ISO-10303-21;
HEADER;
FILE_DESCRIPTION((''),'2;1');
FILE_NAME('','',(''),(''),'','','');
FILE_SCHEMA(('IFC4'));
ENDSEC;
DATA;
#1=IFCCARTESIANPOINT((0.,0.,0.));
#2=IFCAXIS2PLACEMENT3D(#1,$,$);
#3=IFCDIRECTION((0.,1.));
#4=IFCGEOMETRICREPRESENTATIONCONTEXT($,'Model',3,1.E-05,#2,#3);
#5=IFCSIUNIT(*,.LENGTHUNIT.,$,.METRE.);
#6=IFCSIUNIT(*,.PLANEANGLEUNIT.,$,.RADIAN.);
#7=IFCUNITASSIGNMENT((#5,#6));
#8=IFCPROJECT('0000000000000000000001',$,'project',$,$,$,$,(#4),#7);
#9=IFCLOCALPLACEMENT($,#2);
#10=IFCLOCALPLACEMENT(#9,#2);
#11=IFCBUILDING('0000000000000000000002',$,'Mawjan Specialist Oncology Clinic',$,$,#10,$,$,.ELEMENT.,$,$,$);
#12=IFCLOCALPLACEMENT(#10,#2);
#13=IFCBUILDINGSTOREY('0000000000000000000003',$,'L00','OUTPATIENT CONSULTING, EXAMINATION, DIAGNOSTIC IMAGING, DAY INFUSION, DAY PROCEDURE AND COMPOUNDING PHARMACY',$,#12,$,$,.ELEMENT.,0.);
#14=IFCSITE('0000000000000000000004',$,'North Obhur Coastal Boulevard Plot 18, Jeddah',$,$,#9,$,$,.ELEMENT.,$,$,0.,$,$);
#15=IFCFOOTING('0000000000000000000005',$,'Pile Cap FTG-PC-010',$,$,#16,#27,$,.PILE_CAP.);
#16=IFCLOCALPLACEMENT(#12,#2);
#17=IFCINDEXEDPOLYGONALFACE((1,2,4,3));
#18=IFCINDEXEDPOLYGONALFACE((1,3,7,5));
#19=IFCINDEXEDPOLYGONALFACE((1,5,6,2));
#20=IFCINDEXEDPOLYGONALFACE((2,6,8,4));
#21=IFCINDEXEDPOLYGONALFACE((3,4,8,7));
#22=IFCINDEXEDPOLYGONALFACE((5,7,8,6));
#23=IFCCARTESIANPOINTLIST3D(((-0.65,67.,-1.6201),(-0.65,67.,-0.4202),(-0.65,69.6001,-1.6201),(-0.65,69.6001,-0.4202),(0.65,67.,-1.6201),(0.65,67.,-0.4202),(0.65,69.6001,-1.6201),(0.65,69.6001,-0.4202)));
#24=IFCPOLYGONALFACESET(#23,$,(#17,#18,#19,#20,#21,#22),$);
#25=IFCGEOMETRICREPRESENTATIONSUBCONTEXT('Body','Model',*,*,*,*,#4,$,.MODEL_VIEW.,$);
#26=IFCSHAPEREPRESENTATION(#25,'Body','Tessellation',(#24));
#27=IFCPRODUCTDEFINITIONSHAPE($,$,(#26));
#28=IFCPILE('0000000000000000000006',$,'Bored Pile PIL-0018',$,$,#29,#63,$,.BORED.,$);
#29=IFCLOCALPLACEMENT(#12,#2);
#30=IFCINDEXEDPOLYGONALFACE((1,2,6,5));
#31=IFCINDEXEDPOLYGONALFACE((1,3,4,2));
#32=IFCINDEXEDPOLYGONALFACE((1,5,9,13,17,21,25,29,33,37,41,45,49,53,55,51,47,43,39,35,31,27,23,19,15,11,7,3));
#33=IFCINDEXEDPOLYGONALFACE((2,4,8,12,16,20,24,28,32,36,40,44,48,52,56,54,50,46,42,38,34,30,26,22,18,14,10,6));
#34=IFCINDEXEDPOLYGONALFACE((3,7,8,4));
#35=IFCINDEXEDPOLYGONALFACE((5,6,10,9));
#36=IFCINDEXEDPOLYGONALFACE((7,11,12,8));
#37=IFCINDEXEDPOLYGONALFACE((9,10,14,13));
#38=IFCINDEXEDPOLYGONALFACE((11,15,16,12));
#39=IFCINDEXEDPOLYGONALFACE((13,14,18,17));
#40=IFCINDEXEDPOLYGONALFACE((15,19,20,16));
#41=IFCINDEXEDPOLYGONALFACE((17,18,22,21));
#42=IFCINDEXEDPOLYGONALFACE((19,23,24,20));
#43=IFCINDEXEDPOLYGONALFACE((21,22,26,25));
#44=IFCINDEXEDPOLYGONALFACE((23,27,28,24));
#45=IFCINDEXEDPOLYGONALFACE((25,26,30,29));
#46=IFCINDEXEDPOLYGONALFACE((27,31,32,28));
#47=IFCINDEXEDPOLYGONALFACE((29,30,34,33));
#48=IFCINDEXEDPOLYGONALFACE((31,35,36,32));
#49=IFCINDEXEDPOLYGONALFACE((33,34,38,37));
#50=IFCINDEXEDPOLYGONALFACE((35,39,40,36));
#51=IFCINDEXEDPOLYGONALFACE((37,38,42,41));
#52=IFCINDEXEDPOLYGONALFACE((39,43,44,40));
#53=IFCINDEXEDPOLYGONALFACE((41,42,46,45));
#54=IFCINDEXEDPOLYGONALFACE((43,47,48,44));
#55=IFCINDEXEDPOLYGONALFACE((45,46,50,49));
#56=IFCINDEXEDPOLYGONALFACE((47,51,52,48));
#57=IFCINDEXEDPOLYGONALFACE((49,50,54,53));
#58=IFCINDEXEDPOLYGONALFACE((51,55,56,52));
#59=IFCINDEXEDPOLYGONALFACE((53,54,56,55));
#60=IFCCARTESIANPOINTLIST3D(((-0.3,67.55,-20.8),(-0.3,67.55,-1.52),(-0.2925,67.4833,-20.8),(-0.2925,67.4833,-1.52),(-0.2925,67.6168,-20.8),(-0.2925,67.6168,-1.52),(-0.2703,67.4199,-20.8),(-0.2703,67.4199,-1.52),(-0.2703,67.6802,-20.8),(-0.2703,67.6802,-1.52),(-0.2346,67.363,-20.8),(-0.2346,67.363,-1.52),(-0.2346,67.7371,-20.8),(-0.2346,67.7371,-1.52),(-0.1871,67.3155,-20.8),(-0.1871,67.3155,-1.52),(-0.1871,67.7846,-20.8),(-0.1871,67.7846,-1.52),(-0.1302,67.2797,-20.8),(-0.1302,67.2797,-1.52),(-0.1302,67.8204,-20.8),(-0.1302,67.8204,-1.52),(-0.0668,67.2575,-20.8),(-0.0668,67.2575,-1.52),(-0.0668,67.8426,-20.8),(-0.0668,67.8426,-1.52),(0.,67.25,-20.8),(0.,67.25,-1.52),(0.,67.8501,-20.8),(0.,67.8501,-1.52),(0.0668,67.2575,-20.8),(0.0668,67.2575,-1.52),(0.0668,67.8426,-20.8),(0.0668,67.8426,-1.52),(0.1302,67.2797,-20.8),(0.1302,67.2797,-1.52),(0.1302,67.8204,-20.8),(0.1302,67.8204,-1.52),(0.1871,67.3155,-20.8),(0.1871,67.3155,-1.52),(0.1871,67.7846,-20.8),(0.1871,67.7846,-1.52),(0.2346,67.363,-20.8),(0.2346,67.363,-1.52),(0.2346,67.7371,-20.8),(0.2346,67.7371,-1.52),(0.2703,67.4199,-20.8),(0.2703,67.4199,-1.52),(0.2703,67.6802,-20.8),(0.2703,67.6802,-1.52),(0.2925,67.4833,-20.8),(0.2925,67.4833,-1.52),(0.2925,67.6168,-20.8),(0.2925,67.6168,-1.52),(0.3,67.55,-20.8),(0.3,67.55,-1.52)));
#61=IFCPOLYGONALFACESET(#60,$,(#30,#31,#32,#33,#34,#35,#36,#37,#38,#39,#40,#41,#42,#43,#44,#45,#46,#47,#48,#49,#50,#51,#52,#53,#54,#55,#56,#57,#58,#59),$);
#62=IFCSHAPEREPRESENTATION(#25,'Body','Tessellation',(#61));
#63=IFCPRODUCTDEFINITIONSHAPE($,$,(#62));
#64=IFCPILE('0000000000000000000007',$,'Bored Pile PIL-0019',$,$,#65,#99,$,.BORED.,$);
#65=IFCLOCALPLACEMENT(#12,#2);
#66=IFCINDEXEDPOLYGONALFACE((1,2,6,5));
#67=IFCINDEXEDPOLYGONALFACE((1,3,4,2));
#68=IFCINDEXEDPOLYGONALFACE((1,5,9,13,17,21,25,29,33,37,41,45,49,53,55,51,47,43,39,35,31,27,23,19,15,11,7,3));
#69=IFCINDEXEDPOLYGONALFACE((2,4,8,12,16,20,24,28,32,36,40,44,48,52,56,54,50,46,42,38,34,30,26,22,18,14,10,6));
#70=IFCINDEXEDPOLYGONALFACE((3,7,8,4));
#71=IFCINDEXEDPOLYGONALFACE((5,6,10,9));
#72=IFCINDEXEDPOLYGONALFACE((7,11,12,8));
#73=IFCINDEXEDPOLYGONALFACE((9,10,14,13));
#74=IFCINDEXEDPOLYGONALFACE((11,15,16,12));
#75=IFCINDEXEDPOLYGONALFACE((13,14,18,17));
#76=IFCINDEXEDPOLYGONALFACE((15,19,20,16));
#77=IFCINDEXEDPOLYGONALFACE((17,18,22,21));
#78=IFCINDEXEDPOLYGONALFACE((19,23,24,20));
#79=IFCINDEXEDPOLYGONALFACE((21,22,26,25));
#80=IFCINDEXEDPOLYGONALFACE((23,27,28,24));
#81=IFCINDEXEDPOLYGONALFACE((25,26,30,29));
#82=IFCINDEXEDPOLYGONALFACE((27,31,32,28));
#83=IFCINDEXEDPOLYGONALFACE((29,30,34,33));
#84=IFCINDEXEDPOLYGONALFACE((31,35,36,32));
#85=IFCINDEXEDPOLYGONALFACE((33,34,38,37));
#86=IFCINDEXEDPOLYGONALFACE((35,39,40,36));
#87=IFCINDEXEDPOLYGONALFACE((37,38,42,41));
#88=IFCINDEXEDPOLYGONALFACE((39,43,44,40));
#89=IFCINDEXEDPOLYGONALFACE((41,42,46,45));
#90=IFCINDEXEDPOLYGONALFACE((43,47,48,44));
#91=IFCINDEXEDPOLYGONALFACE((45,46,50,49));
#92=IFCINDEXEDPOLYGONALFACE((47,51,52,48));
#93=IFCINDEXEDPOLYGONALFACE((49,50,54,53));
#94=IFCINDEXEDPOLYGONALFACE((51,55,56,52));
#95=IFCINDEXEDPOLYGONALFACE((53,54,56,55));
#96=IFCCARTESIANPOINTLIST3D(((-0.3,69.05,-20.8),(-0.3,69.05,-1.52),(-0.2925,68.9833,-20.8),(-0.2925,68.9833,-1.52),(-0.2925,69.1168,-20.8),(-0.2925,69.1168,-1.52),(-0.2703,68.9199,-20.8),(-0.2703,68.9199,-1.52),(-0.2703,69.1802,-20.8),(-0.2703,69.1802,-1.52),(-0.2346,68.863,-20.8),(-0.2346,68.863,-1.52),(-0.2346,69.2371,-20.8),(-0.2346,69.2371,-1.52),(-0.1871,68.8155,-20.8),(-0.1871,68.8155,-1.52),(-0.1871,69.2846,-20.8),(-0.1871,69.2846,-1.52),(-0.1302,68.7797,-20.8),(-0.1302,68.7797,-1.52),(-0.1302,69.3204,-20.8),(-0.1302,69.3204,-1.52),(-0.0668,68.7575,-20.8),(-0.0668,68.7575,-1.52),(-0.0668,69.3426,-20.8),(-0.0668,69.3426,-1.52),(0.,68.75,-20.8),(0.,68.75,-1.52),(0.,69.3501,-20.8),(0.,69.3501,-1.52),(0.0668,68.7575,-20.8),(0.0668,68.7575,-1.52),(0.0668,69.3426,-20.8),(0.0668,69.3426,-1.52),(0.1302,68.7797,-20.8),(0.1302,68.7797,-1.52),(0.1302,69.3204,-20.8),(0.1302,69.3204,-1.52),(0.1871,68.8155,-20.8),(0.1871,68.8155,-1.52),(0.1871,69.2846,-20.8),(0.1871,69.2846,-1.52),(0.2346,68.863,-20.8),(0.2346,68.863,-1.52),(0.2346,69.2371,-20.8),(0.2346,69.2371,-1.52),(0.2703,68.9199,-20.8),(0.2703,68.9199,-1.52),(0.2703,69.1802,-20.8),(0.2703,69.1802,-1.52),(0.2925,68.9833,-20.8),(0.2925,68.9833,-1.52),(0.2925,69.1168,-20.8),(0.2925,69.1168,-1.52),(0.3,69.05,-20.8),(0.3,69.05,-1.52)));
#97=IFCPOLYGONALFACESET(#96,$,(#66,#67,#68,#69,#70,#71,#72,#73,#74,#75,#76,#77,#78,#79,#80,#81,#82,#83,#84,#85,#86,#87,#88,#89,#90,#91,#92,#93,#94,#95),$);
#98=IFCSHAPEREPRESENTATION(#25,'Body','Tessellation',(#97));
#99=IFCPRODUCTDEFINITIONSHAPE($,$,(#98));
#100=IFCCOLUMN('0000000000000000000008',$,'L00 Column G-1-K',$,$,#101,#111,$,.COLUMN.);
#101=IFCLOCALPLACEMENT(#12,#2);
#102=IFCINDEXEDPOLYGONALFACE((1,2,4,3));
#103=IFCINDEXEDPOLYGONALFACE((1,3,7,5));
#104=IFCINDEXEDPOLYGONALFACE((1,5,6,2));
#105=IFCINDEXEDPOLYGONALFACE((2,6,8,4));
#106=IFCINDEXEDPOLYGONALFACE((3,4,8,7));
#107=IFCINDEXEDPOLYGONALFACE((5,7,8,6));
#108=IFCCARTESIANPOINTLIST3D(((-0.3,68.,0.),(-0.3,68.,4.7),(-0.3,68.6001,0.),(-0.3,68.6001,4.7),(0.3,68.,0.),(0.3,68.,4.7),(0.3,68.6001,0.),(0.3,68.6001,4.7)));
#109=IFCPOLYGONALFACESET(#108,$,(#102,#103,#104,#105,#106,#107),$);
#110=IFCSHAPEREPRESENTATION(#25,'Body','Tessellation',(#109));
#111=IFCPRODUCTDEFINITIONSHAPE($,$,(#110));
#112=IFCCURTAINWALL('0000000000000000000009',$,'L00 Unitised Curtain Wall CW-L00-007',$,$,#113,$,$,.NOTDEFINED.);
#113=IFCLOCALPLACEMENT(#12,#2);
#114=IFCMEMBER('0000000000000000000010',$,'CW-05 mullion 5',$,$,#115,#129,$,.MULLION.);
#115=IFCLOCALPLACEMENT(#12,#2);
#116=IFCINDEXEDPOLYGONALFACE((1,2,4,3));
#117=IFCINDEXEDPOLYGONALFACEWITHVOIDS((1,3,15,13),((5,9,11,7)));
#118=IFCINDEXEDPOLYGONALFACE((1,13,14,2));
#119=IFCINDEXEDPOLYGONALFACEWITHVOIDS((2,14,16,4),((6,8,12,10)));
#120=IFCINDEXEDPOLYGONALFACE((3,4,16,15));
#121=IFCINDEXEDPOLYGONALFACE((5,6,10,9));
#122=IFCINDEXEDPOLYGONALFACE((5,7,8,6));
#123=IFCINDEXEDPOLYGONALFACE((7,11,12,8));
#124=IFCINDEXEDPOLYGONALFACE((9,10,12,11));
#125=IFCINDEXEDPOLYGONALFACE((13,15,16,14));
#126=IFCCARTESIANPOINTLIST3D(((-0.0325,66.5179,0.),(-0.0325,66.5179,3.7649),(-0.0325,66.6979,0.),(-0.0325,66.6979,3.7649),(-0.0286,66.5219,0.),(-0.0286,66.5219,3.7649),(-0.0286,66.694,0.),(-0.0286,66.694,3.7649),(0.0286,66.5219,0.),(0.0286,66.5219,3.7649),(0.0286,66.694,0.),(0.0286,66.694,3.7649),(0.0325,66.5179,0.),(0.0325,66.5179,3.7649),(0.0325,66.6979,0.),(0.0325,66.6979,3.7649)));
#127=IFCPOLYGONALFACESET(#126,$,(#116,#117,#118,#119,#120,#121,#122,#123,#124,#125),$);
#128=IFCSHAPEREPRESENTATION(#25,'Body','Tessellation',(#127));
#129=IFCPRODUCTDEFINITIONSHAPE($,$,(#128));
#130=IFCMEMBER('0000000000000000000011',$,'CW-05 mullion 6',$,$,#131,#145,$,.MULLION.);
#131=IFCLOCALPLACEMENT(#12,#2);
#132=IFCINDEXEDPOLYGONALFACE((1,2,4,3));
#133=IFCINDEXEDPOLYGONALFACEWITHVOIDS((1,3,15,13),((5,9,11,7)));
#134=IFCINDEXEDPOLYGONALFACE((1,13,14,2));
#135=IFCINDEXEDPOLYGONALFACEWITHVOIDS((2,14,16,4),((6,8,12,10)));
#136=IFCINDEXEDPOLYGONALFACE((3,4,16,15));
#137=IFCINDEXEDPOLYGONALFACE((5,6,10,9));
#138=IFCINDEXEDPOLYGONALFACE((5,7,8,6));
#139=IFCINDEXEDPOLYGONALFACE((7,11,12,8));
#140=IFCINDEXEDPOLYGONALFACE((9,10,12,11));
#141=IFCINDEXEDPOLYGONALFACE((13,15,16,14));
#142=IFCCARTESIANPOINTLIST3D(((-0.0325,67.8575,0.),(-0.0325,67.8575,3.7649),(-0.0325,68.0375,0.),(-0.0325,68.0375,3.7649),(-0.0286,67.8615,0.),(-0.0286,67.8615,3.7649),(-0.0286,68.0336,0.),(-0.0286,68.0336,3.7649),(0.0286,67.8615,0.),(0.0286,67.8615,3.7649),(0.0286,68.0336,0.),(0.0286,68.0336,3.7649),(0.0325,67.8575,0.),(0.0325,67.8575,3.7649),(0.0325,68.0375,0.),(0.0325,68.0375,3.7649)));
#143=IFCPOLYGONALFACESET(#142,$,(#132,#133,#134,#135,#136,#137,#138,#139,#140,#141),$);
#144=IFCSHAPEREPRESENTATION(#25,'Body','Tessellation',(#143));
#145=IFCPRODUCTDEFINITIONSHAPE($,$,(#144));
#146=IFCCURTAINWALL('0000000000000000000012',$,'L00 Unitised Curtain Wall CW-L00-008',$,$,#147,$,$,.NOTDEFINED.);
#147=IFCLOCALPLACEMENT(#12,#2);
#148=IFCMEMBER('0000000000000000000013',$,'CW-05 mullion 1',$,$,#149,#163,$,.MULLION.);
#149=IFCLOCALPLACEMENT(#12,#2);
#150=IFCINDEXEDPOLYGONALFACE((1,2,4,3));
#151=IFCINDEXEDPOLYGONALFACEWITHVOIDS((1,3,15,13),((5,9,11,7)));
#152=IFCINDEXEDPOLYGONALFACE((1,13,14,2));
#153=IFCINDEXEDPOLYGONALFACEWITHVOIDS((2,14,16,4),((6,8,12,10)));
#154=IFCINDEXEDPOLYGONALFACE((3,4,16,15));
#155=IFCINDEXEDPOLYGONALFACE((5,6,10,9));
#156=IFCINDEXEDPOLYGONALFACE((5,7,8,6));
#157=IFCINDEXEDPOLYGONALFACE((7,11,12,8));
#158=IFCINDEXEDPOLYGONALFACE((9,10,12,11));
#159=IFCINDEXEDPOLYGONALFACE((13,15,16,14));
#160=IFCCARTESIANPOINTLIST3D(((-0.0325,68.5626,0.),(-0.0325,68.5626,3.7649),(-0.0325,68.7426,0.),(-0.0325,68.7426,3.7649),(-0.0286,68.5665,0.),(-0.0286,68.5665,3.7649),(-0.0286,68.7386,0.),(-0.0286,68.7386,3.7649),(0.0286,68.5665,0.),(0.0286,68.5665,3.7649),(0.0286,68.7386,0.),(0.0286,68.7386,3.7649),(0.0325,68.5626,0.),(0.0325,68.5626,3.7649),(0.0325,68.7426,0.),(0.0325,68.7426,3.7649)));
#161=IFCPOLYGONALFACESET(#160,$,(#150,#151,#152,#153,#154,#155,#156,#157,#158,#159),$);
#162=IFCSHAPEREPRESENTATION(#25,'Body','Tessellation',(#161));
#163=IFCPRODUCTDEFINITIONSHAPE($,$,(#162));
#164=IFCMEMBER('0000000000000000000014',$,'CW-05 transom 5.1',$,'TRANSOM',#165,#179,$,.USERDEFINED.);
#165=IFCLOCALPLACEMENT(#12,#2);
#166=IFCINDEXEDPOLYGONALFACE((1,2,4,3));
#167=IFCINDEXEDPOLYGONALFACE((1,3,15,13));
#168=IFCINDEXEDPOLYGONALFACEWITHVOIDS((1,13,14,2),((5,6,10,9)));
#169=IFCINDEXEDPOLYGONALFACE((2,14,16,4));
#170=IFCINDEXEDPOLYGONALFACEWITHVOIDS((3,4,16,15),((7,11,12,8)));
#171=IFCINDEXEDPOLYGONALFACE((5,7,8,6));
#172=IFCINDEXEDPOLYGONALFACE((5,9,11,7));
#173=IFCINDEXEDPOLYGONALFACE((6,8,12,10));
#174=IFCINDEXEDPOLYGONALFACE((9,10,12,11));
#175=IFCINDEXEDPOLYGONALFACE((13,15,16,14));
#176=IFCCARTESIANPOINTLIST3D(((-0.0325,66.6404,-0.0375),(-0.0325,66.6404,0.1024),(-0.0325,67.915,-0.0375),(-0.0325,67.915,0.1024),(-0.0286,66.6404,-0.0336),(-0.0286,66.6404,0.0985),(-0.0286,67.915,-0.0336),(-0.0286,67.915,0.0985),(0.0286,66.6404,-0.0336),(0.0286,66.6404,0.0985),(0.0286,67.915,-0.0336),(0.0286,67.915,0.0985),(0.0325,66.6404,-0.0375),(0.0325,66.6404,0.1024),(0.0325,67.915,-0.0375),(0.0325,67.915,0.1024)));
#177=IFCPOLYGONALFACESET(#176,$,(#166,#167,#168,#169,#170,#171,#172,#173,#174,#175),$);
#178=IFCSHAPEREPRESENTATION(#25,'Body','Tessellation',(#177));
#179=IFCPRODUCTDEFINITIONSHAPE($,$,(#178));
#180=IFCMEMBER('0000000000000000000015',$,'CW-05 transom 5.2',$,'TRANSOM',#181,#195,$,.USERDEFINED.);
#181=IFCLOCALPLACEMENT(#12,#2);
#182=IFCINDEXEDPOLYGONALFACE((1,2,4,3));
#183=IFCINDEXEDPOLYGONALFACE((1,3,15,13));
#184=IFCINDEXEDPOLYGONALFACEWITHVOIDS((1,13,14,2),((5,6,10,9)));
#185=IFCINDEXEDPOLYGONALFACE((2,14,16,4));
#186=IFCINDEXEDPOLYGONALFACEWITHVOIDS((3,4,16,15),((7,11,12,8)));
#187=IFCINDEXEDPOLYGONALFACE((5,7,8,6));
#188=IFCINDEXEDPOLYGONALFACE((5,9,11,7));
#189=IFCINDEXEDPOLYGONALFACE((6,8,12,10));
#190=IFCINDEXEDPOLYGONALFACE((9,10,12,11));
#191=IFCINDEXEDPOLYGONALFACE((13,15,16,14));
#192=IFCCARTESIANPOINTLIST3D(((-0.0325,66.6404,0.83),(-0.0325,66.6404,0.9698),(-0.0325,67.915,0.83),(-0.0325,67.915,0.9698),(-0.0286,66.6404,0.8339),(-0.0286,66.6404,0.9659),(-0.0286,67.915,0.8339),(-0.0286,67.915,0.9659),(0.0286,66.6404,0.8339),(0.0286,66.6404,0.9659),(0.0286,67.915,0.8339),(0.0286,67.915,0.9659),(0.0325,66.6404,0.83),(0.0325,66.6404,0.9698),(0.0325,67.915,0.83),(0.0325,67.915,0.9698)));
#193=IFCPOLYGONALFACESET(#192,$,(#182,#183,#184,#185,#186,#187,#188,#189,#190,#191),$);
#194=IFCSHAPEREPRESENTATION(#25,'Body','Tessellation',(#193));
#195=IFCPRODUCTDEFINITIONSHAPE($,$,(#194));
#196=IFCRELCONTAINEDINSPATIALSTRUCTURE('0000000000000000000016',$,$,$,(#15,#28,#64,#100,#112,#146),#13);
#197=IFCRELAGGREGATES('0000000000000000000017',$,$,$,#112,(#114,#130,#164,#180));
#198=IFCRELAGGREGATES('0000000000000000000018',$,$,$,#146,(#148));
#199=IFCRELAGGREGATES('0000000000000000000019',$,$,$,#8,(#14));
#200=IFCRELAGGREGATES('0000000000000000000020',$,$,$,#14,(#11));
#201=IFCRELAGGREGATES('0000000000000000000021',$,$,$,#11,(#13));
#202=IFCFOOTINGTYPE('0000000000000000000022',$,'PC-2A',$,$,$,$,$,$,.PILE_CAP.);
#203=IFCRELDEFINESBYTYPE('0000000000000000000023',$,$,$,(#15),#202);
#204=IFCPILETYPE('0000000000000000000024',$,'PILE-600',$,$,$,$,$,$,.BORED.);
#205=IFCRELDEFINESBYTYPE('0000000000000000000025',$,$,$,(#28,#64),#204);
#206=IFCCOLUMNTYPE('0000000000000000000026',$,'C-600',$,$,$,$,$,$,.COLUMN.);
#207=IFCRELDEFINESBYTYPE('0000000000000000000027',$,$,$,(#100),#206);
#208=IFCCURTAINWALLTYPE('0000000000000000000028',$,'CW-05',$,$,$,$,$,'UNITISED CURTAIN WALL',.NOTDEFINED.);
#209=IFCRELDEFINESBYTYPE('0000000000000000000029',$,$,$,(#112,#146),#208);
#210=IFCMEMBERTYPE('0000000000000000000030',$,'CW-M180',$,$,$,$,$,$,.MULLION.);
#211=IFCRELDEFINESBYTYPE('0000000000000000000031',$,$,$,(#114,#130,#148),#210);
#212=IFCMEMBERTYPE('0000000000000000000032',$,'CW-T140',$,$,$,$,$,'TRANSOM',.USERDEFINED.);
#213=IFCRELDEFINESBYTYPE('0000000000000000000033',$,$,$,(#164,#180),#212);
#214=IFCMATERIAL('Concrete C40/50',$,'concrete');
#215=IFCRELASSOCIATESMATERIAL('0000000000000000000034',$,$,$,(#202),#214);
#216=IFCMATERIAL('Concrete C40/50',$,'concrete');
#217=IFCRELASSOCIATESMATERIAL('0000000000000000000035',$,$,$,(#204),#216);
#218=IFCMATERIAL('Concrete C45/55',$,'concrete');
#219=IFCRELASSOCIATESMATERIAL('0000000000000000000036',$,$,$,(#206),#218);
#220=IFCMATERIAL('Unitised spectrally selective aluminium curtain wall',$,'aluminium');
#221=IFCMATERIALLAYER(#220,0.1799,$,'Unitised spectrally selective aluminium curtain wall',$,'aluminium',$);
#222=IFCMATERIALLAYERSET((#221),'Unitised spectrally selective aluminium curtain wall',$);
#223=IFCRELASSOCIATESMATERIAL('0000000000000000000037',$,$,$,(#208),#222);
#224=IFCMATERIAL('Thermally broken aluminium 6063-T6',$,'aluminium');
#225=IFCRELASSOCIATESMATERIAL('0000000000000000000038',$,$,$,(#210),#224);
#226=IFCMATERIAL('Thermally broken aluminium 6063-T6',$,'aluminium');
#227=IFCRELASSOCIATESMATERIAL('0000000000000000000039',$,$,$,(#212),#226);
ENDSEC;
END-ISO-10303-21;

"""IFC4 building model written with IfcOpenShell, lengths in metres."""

from ifc_helpers import new_model, si_unit, direction, frame, origin, origin_2d, place, context, subcontext, project, spatial, rectangle, hollow_rectangle, circle, extrude, material, layer, layer_set, material_profile, profile_set, type_object, element, aggregate, save


model = new_model("IFC4")

# Units and contexts
model_context = context("Model", 3, precision=1e-05, world=origin(), true_north=direction((0.0, 1.0)))
body_context = subcontext(model_context, "Body", "Model", "MODEL_VIEW")
ifc_project = project(units=[si_unit("LENGTHUNIT", "METRE"), si_unit("PLANEANGLEUNIT", "RADIAN")], contexts=[model_context])

# Site, building, storey
site_placement = place(None, origin())
site = spatial("IfcSite", under=ifc_project, at=site_placement, Name="North Obhur Coastal Boulevard Plot 18, Jeddah", CompositionType="ELEMENT", RefElevation=0.0)
building_placement = place(site_placement, origin())
building = spatial("IfcBuilding", under=site, at=building_placement, Name="Mawjan Specialist Oncology Clinic", CompositionType="ELEMENT")
storey_placement = place(building_placement, origin())
storey = spatial("IfcBuildingStorey", under=building, at=storey_placement, Name="L00", Description="OUTPATIENT CONSULTING, EXAMINATION, DIAGNOSTIC IMAGING, DAY INFUSION, DAY PROCEDURE AND COMPOUNDING PHARMACY", CompositionType="ELEMENT", Elevation=0.0)

# Footing
ifc_material_1 = material(Name="Concrete C40/50", Category="concrete")
footing_type = type_object("IfcFootingType", Name="PC-2A", PredefinedType="PILE_CAP", material=ifc_material_1)
footing_placement = place(storey_placement, frame((0.0, 68.3, -1.6201), z_axis=(0.0, 0.0, 1.0), x_axis=(0.0, 1.0, 0.0)))
element("IfcFooting", 1, at=footing_placement, inside=storey, type_object=footing_type, Name="Pile Cap FTG-PC-010", PredefinedType="PILE_CAP", context=body_context, shape_type="SweptSolid", body=[
    extrude(rectangle(XDim=2.6001, YDim=1.3, at=origin_2d()), origin(), (0.0, 0.0, 1.0), 1.2),
])

# Piles
ifc_material_2 = material(Name="Concrete C40/50", Category="concrete")
ifc_material_profile_1 = material_profile(ifc_material_2, circle(Radius=0.3, at=origin_2d()), Name="BORED PILE D600", Category="concrete")
ifc_profile_set_1 = profile_set([ifc_material_profile_1], Name="Concrete C40/50")
pile_type = type_object("IfcPileType", Name="PILE-600", PredefinedType="BORED", material=ifc_profile_set_1)
for number, where, z_axis, x_axis, name in (
    (2, (0.0, 67.55, -1.52), (0.0, 0.0, -1.0), (1.0, 0.0, 0.0), "Bored Pile PIL-0018"),
    (3, (0.0, 69.05, -1.52), (0.0, 0.0, -1.0), (1.0, 0.0, 0.0), "Bored Pile PIL-0019"),
):
    element("IfcPile", number, at=place(storey_placement, frame(where, z_axis=z_axis, x_axis=x_axis)), inside=storey, type_object=pile_type, Name=name, PredefinedType="BORED", context=body_context, shape_type="SweptSolid", body=[
        extrude(circle(Radius=0.3, at=origin_2d()), origin(), (0.0, 0.0, 1.0), 19.28),
    ])

# Column
ifc_material_3 = material(Name="Concrete C45/55", Category="concrete")
ifc_material_profile_2 = material_profile(ifc_material_3, rectangle(XDim=0.6001, YDim=0.6001, at=origin_2d()), Name="RC COL 600x600", Category="concrete")
ifc_profile_set_2 = profile_set([ifc_material_profile_2], Name="Concrete C45/55")
column_type = type_object("IfcColumnType", Name="C-600", PredefinedType="COLUMN", material=ifc_profile_set_2)
column_placement = place(storey_placement, frame((0.0, 68.3, 0.0), z_axis=(0.0, 0.0, 1.0), x_axis=(1.0, 0.0, 0.0)))
element("IfcColumn", 4, at=column_placement, inside=storey, type_object=column_type, Name="L00 Column G-1-K", PredefinedType="COLUMN", context=body_context, shape_type="SweptSolid", body=[
    extrude(rectangle(XDim=0.6001, YDim=0.6001, at=origin_2d()), origin(), (0.0, 0.0, 1.0), 4.7),
])

# Curtain wall, members
ifc_material_4 = material(Name="Unitised spectrally selective aluminium curtain wall", Category="aluminium")
ifc_layer_1 = layer(ifc_material_4, 0.1799, Name="Unitised spectrally selective aluminium curtain wall", Category="aluminium")
ifc_layer_set_1 = layer_set([ifc_layer_1], Name="Unitised spectrally selective aluminium curtain wall")
curtain_wall_type = type_object("IfcCurtainWallType", Name="CW-05", ElementType="UNITISED CURTAIN WALL", PredefinedType="NOTDEFINED", material=ifc_layer_set_1)
curtain_wall_1_placement = place(storey_placement, origin())
curtain_wall_1 = element("IfcCurtainWall", 5, at=curtain_wall_1_placement, inside=storey, type_object=curtain_wall_type, Name="L00 Unitised Curtain Wall CW-L00-007", PredefinedType="NOTDEFINED")
ifc_material_5 = material(Name="Thermally broken aluminium 6063-T6", Category="aluminium")
ifc_material_profile_3 = material_profile(ifc_material_5, hollow_rectangle(XDim=0.0649, YDim=0.1799, WallThickness=0.0039, at=origin_2d()), Name="ALU MULLION 180x65x4", Category="aluminium")
ifc_profile_set_3 = profile_set([ifc_material_profile_3], Name="Thermally broken aluminium 6063-T6")
member_type_1 = type_object("IfcMemberType", Name="CW-M180", PredefinedType="MULLION", material=ifc_profile_set_3)
member_1_placement = place(storey_placement, frame((0.0, 66.6079, 0.0), z_axis=(0.0, 0.0, 1.0), x_axis=(-1.0, 0.0, 0.0)))
member_1 = element("IfcMember", 6, at=member_1_placement, type_object=member_type_1, Name="CW-05 mullion 5", PredefinedType="MULLION", context=body_context, shape_type="SweptSolid", body=[
    extrude(hollow_rectangle(XDim=0.0649, YDim=0.1799, WallThickness=0.0039, at=origin_2d()), origin(), (0.0, 0.0, 1.0), 3.7649),
])
member_2_placement = place(storey_placement, frame((0.0, 67.9475, 0.0), z_axis=(0.0, 0.0, 1.0), x_axis=(-1.0, 0.0, 0.0)))
member_2 = element("IfcMember", 7, at=member_2_placement, type_object=member_type_1, Name="CW-05 mullion 6", PredefinedType="MULLION", context=body_context, shape_type="SweptSolid", body=[
    extrude(hollow_rectangle(XDim=0.0649, YDim=0.1799, WallThickness=0.0039, at=origin_2d()), origin(), (0.0, 0.0, 1.0), 3.7649),
])

# Curtain wall, member
curtain_wall_2_placement = place(storey_placement, origin())
curtain_wall_2 = element("IfcCurtainWall", 8, at=curtain_wall_2_placement, inside=storey, type_object=curtain_wall_type, Name="L00 Unitised Curtain Wall CW-L00-008", PredefinedType="NOTDEFINED")
member_3_placement = place(storey_placement, frame((0.0, 68.6526, 0.0), z_axis=(0.0, 0.0, 1.0), x_axis=(-1.0, 0.0, 0.0)))
member_3 = element("IfcMember", 9, at=member_3_placement, type_object=member_type_1, Name="CW-05 mullion 1", PredefinedType="MULLION", context=body_context, shape_type="SweptSolid", body=[
    extrude(hollow_rectangle(XDim=0.0649, YDim=0.1799, WallThickness=0.0039, at=origin_2d()), origin(), (0.0, 0.0, 1.0), 3.7649),
])

# Members
ifc_material_6 = material(Name="Thermally broken aluminium 6063-T6", Category="aluminium")
ifc_material_profile_4 = material_profile(ifc_material_6, hollow_rectangle(XDim=0.0649, YDim=0.1399, WallThickness=0.0039, at=origin_2d()), Name="ALU TRANSOM 140x65x4", Category="aluminium")
ifc_profile_set_4 = profile_set([ifc_material_profile_4], Name="Thermally broken aluminium 6063-T6")
member_type_2 = type_object("IfcMemberType", Name="CW-T140", ElementType="TRANSOM", PredefinedType="USERDEFINED", material=ifc_profile_set_4)
member_4_placement = place(storey_placement, frame((0.0, 66.6404, 0.0325), z_axis=(0.0, 1.0, 0.0), x_axis=(-1.0, 0.0, 0.0)))
member_4 = element("IfcMember", 10, at=member_4_placement, type_object=member_type_2, Name="CW-05 transom 5.1", ObjectType="TRANSOM", PredefinedType="USERDEFINED", context=body_context, shape_type="SweptSolid", body=[
    extrude(hollow_rectangle(XDim=0.0649, YDim=0.1399, WallThickness=0.0039, at=origin_2d()), origin(), (0.0, 0.0, 1.0), 1.2747),
])
member_5_placement = place(storey_placement, frame((0.0, 66.6404, 0.8999), z_axis=(0.0, 1.0, 0.0), x_axis=(-1.0, 0.0, 0.0)))
member_5 = element("IfcMember", 11, at=member_5_placement, type_object=member_type_2, Name="CW-05 transom 5.2", ObjectType="TRANSOM", PredefinedType="USERDEFINED", context=body_context, shape_type="SweptSolid", body=[
    extrude(hollow_rectangle(XDim=0.0649, YDim=0.1399, WallThickness=0.0039, at=origin_2d()), origin(), (0.0, 0.0, 1.0), 1.2747),
])

aggregate(curtain_wall_1, [member_1, member_2, member_4, member_5])
aggregate(curtain_wall_2, [member_3])

save(model, "model.ifc")
